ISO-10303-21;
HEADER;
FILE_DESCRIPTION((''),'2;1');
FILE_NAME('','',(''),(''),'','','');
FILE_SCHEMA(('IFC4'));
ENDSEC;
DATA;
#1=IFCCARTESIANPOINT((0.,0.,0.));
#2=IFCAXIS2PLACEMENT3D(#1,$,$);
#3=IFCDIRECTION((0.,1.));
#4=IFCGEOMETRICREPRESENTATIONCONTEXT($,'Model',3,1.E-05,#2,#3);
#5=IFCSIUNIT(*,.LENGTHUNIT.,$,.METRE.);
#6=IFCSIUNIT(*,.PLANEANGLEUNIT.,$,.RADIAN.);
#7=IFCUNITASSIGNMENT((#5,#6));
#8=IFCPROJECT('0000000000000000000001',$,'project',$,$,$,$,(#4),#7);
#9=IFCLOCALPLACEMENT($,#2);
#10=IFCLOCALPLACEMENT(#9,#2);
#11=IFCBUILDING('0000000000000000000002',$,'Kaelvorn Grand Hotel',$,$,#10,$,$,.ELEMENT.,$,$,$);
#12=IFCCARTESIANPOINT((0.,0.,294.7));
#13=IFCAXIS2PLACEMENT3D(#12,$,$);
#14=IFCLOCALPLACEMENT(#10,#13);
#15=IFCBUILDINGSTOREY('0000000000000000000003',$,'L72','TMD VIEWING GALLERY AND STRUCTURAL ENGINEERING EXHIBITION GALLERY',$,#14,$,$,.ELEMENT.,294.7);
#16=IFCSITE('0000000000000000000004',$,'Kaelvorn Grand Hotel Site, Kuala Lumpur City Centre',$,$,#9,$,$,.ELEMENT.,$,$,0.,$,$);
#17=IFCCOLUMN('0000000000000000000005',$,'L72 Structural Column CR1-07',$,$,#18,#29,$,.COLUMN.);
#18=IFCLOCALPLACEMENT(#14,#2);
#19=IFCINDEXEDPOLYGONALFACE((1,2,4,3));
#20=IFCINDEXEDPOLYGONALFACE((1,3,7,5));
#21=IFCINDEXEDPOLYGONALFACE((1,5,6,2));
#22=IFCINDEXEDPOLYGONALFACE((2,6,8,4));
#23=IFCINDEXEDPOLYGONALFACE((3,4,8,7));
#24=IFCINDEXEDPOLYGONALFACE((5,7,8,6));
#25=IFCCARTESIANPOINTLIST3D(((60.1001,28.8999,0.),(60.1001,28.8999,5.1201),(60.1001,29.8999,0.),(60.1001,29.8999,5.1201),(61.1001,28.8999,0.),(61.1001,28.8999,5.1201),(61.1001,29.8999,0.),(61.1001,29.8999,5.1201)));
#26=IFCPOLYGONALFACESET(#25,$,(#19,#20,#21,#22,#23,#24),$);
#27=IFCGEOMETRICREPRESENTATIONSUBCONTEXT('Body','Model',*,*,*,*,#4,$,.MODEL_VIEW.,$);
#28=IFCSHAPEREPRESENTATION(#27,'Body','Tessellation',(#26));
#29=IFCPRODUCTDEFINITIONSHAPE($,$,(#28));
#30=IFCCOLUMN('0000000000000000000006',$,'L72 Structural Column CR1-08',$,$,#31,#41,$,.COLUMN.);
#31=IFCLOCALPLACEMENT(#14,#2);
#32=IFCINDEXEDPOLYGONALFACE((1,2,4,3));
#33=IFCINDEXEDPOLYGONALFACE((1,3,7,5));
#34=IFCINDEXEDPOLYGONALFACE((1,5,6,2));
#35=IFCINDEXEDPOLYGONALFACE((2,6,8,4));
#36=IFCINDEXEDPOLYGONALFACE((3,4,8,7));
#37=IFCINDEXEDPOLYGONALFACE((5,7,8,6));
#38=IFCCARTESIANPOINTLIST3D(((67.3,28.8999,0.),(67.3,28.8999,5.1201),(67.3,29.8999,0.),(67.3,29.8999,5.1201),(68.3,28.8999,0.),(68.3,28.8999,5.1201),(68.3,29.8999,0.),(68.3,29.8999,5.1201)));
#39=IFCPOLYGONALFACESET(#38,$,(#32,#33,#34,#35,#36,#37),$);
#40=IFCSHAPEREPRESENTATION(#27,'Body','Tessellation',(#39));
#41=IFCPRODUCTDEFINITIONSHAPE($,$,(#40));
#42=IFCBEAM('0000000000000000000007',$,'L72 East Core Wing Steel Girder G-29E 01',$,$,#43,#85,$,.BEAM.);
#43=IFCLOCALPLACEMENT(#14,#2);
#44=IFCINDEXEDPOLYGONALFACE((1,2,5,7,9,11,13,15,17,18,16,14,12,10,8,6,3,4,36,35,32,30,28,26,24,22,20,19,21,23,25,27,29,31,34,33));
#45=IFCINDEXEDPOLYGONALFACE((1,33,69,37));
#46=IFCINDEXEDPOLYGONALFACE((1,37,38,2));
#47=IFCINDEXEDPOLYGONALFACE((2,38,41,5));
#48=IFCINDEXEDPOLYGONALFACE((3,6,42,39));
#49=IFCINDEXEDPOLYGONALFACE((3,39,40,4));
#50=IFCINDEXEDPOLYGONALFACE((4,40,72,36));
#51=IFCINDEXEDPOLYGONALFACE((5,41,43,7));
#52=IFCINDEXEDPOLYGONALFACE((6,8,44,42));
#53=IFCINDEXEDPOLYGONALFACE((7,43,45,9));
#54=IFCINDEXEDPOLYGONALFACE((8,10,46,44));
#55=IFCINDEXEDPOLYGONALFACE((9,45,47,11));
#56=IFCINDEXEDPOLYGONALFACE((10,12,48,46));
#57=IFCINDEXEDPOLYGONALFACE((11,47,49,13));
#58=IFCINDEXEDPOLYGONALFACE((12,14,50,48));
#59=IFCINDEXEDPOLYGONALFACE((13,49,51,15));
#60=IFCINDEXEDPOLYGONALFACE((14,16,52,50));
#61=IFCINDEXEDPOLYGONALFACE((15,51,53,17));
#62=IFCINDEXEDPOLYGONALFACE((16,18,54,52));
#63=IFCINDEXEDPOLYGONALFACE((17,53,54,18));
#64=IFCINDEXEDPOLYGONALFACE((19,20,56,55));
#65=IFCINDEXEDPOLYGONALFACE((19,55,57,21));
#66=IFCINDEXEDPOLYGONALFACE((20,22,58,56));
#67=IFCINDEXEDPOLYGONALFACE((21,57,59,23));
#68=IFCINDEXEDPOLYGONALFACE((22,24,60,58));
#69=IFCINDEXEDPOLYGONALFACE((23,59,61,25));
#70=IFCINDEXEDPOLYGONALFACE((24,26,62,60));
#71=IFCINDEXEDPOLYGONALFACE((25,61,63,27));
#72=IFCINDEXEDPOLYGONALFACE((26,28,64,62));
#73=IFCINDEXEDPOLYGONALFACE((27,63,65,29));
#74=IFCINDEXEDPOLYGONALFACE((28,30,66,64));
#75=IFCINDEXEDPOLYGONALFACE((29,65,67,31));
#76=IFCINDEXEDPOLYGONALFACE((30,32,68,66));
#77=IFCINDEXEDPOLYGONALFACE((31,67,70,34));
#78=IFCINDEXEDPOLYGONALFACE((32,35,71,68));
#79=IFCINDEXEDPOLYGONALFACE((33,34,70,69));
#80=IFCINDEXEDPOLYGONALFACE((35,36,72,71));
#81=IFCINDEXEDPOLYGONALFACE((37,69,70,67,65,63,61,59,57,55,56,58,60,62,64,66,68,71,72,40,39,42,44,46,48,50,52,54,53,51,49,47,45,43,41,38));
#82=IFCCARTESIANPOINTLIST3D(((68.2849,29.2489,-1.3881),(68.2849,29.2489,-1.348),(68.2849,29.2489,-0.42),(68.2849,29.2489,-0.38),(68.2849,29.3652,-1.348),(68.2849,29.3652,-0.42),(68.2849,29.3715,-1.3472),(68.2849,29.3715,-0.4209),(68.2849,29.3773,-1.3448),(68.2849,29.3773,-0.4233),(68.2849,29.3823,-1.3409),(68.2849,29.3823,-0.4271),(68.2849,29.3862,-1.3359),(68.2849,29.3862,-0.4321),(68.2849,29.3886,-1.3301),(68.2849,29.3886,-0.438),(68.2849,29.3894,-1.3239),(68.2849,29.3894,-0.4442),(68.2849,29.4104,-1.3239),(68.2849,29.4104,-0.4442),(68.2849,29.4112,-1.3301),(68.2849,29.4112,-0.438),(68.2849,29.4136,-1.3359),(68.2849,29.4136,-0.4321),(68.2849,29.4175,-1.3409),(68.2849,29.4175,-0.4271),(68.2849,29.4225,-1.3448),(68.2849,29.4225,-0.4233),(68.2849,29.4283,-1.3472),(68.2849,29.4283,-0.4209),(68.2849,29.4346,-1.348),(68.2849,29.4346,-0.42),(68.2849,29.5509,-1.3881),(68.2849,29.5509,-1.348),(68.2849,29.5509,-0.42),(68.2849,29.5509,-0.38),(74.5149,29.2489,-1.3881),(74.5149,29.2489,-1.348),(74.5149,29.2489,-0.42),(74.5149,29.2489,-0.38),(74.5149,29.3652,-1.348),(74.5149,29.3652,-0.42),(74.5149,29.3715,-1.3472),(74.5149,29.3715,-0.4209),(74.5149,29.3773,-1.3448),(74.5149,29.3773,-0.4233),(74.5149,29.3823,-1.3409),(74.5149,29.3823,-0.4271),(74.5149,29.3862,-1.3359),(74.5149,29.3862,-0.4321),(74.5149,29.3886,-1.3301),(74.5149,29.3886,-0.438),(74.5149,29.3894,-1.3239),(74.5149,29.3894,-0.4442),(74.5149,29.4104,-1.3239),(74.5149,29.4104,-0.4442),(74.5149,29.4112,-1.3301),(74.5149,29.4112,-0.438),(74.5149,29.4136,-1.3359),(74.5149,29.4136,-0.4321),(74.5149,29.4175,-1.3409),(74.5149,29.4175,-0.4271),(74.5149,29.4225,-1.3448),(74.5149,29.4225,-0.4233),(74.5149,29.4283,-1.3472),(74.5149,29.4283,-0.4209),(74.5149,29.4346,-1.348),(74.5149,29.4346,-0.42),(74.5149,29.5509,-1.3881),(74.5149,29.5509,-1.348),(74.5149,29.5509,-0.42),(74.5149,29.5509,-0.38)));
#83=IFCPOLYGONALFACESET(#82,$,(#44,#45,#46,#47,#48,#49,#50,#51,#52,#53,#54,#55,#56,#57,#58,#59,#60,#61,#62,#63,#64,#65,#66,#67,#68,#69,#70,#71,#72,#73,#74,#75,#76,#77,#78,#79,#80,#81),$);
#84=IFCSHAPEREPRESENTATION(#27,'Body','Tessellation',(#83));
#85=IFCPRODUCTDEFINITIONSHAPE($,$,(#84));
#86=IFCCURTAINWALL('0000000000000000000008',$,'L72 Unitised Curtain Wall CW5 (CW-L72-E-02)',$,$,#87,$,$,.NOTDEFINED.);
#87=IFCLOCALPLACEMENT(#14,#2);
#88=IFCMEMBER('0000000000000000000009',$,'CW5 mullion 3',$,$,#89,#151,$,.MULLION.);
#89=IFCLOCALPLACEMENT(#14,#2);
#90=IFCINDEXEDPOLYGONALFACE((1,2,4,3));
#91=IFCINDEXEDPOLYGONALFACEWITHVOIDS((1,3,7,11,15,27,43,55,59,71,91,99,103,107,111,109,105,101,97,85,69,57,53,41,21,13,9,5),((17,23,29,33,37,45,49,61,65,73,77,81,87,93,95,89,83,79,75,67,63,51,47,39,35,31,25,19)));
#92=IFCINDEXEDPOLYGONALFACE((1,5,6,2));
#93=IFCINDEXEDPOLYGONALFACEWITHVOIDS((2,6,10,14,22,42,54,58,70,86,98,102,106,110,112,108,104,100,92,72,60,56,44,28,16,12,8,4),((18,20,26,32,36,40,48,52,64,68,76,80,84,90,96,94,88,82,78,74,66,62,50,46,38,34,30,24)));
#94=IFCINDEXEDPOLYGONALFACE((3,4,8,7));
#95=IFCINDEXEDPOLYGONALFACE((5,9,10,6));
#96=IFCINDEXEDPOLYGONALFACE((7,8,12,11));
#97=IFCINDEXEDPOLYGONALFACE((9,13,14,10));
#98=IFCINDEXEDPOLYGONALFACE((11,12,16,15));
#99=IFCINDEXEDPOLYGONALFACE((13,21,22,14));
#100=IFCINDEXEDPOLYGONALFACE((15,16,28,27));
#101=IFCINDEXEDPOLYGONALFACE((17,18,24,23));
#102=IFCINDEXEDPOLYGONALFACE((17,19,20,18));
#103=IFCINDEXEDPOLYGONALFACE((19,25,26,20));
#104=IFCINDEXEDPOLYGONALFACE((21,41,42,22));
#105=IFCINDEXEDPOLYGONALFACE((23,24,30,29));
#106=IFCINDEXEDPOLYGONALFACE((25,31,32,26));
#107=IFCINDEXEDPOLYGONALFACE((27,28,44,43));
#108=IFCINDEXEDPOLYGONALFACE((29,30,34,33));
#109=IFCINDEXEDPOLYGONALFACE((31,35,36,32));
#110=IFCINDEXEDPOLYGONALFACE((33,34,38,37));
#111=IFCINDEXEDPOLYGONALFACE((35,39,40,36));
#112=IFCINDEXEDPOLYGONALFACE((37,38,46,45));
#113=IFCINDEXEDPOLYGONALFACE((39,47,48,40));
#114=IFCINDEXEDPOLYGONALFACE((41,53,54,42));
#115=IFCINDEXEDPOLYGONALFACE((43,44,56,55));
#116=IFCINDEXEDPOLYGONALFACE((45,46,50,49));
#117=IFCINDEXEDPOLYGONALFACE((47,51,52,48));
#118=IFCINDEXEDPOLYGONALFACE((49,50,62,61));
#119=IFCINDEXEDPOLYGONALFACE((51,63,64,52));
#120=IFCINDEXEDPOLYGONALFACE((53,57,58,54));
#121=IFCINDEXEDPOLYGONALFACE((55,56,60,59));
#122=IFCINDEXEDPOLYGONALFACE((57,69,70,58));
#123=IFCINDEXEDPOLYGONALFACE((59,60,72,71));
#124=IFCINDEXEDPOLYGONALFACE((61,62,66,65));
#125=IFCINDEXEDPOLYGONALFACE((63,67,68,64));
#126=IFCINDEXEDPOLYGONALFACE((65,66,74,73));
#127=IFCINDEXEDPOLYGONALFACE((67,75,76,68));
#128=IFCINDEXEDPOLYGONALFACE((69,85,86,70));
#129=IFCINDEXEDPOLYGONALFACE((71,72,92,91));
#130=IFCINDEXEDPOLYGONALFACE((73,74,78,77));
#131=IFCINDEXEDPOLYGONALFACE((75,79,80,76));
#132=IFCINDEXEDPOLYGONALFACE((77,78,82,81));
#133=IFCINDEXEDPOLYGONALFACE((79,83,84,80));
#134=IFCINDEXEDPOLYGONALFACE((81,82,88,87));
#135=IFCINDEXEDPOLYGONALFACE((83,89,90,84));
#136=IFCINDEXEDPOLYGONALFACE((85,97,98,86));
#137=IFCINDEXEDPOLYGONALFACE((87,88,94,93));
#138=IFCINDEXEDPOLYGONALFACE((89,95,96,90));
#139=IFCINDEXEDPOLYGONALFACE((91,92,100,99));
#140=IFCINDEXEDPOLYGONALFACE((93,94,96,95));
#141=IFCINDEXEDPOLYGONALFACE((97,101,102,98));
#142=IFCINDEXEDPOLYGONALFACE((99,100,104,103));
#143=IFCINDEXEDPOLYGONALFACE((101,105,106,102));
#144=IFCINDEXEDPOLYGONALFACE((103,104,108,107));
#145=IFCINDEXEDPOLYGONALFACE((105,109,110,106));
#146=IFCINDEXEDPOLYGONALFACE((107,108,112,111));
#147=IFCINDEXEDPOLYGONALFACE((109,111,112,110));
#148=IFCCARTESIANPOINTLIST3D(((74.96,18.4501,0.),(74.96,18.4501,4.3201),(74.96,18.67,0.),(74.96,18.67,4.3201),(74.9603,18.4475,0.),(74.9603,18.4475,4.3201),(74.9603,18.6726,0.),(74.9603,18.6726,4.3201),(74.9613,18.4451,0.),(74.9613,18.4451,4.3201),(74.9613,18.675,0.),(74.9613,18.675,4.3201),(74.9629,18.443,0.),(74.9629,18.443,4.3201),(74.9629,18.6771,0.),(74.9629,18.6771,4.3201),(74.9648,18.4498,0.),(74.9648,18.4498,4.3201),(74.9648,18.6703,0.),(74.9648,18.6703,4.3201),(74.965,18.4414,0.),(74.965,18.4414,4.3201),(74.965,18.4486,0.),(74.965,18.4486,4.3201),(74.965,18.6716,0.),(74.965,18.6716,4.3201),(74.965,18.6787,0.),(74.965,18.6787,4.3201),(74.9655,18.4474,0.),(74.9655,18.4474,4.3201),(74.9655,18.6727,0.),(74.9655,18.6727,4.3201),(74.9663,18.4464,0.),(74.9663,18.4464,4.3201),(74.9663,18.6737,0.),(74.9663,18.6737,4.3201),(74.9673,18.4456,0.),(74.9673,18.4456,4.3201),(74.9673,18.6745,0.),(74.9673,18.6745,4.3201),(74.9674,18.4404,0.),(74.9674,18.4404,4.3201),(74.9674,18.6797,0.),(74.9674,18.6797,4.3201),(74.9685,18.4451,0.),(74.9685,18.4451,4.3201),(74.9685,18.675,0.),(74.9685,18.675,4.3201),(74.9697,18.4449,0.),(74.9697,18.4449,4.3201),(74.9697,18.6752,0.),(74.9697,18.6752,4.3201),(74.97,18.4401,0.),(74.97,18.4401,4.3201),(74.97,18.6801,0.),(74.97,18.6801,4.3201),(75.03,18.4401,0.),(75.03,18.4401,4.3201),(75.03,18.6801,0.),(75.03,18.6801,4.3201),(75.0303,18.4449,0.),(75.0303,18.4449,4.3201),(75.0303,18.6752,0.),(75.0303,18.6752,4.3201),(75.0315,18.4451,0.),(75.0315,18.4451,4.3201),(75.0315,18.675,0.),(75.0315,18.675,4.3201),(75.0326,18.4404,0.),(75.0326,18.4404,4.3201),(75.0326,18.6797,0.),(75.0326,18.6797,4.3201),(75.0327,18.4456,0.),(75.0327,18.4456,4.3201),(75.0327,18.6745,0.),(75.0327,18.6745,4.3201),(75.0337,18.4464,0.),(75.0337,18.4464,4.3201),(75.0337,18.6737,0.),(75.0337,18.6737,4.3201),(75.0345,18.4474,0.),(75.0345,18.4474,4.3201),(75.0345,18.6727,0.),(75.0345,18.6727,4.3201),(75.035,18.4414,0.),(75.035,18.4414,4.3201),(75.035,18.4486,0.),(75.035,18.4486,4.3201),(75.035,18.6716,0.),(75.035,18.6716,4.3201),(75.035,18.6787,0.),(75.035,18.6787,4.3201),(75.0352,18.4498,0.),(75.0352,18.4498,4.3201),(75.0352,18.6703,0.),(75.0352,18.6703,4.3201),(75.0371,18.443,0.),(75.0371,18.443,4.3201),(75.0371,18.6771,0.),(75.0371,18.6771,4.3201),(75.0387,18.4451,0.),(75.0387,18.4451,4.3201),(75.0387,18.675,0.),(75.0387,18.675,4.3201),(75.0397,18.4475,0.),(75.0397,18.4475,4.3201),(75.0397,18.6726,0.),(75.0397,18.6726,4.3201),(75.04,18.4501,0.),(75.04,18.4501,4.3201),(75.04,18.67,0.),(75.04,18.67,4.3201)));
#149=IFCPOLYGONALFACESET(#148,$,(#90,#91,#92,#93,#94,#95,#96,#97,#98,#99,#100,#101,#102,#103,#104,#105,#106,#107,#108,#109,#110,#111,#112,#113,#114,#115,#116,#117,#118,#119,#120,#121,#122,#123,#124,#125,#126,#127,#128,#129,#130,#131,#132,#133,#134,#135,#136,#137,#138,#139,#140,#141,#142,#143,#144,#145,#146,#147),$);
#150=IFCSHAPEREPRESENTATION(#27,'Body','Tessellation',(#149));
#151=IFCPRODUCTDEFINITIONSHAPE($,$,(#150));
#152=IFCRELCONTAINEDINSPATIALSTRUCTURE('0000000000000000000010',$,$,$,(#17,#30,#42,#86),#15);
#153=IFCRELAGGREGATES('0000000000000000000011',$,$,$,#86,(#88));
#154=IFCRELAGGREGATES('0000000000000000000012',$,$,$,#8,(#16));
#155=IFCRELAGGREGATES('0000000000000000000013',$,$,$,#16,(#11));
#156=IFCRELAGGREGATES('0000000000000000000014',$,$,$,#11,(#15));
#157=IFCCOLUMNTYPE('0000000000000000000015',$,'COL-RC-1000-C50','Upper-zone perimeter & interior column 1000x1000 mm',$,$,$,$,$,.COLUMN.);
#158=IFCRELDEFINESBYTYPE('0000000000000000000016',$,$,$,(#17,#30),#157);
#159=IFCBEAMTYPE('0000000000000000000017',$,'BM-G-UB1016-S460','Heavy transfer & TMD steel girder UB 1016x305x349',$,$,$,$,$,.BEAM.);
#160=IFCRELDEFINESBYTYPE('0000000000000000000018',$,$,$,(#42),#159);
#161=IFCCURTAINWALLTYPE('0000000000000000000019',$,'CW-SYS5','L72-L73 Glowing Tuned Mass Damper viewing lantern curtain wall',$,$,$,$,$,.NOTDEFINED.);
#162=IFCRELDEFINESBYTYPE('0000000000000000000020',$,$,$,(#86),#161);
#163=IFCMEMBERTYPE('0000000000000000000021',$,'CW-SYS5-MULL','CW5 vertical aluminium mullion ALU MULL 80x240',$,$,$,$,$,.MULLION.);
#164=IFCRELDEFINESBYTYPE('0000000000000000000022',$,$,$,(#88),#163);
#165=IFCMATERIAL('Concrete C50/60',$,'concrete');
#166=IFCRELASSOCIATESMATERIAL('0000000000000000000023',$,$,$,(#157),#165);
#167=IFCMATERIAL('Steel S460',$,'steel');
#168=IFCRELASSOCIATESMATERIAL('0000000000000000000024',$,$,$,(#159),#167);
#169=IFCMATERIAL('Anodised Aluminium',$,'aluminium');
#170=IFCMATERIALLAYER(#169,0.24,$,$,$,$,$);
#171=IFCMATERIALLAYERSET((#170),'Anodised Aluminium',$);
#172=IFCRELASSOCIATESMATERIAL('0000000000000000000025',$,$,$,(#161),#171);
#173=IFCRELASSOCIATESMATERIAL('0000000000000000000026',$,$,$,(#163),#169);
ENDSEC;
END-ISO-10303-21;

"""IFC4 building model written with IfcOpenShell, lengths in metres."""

from ifc_helpers import new_model, si_unit, direction, frame, origin, origin_2d, place, context, subcontext, project, spatial, rectangle, hollow_rectangle, i_section, extrude, material, layer, layer_set, material_profile, profile_set, type_object, element, aggregate, save


model = new_model("IFC4")

# Units and contexts
model_context = context("Model", 3, precision=1e-05, world=origin(), true_north=direction((0.0, 1.0)))
body_context = subcontext(model_context, "Body", "Model", "MODEL_VIEW")
ifc_project = project(units=[si_unit("LENGTHUNIT", "METRE"), si_unit("PLANEANGLEUNIT", "RADIAN")], contexts=[model_context])

# Site, building, storey
site_placement = place(None, origin())
site = spatial("IfcSite", under=ifc_project, at=site_placement, Name="Kaelvorn Grand Hotel Site, Kuala Lumpur City Centre", CompositionType="ELEMENT", RefElevation=0.0)
building_placement = place(site_placement, origin())
building = spatial("IfcBuilding", under=site, at=building_placement, Name="Kaelvorn Grand Hotel", CompositionType="ELEMENT")
storey_placement = place(building_placement, frame((0.0, 0.0, 294.7)))
storey = spatial("IfcBuildingStorey", under=building, at=storey_placement, Name="L72", Description="TMD VIEWING GALLERY AND STRUCTURAL ENGINEERING EXHIBITION GALLERY", CompositionType="ELEMENT", Elevation=294.7)

# Columns
ifc_material_1 = material(Name="Concrete C50/60", Category="concrete")
ifc_material_profile_1 = material_profile(ifc_material_1, rectangle(XDim=1.0, YDim=1.0, at=origin_2d()), Name="RC COL 1000x1000")
ifc_profile_set_1 = profile_set([ifc_material_profile_1], Name="Concrete C50/60")
column_type = type_object("IfcColumnType", Name="COL-RC-1000-C50", Description="Upper-zone perimeter & interior column 1000x1000 mm", PredefinedType="COLUMN", material=ifc_profile_set_1)
for number, where, z_axis, x_axis, name in (
    (1, (60.6001, 29.3999, 0.0), (0.0, 0.0, 1.0), (1.0, 0.0, 0.0), "L72 Structural Column CR1-07"),
    (2, (67.8, 29.3999, 0.0), (0.0, 0.0, 1.0), (1.0, 0.0, 0.0), "L72 Structural Column CR1-08"),
):
    element("IfcColumn", number, at=place(storey_placement, frame(where, z_axis=z_axis, x_axis=x_axis)), inside=storey, type_object=column_type, Name=name, PredefinedType="COLUMN", context=body_context, shape_type="SweptSolid", body=[
        extrude(rectangle(XDim=1.0, YDim=1.0, at=origin_2d()), origin(), (0.0, 0.0, 1.0), 5.1201),
    ])

# Beam
ifc_material_2 = material(Name="Steel S460", Category="steel")
ifc_material_profile_2 = material_profile(ifc_material_2, i_section(OverallWidth=0.302, OverallDepth=1.0081, WebThickness=0.021, FlangeThickness=0.04, FilletRadius=0.0242, at=origin_2d()), Name="UB 1016x305x349")
ifc_profile_set_2 = profile_set([ifc_material_profile_2], Name="Steel S460")
beam_type = type_object("IfcBeamType", Name="BM-G-UB1016-S460", Description="Heavy transfer & TMD steel girder UB 1016x305x349", PredefinedType="BEAM", material=ifc_profile_set_2)
beam_placement = place(storey_placement, frame((68.2849, 29.3999, -0.884), z_axis=(1.0, 0.0, 0.0), x_axis=(0.0, 1.0, 0.0)))
element("IfcBeam", 3, at=beam_placement, inside=storey, type_object=beam_type, Name="L72 East Core Wing Steel Girder G-29E 01", PredefinedType="BEAM", context=body_context, shape_type="SweptSolid", body=[
    extrude(i_section(OverallWidth=0.302, OverallDepth=1.0081, WebThickness=0.021, FlangeThickness=0.04, FilletRadius=0.0242, at=origin_2d()), origin(), (0.0, 0.0, 1.0), 6.23),
])

# Curtain wall, member
ifc_material_3 = material(Name="Anodised Aluminium", Category="aluminium")
ifc_layer_1 = layer(ifc_material_3, 0.24)
ifc_layer_set_1 = layer_set([ifc_layer_1], Name="Anodised Aluminium")
curtain_wall_type = type_object("IfcCurtainWallType", Name="CW-SYS5", Description="L72-L73 Glowing Tuned Mass Damper viewing lantern curtain wall", PredefinedType="NOTDEFINED", material=ifc_layer_set_1)
curtain_wall_placement = place(storey_placement, origin())
curtain_wall = element("IfcCurtainWall", 4, at=curtain_wall_placement, inside=storey, type_object=curtain_wall_type, Name="L72 Unitised Curtain Wall CW5 (CW-L72-E-02)", PredefinedType="NOTDEFINED")
ifc_material_profile_3 = material_profile(ifc_material_3, hollow_rectangle(XDim=0.0801, YDim=0.24, WallThickness=0.0049, InnerFilletRadius=0.0049, OuterFilletRadius=0.01, at=origin_2d()), Name="ALU MULL 80x240")
ifc_profile_set_3 = profile_set([ifc_material_profile_3], Name="Anodised Aluminium")
member_type_1 = type_object("IfcMemberType", Name="CW-SYS5-MULL", Description="CW5 vertical aluminium mullion ALU MULL 80x240", PredefinedType="MULLION", material=ifc_profile_set_3)
member_1_placement = place(storey_placement, frame((75.0, 18.5601, 0.0), z_axis=(0.0, 0.0, 1.0), x_axis=(-1.0, 0.0, 0.0)))
member_1 = element("IfcMember", 5, at=member_1_placement, type_object=member_type_1, Name="CW5 mullion 3", PredefinedType="MULLION", context=body_context, shape_type="SweptSolid", body=[
    extrude(hollow_rectangle(XDim=0.0801, YDim=0.24, WallThickness=0.0049, InnerFilletRadius=0.0049, OuterFilletRadius=0.01, at=origin_2d()), origin(), (0.0, 0.0, 1.0), 4.3201),
])
aggregate(curtain_wall, [member_1])

save(model, "model.ifc")
